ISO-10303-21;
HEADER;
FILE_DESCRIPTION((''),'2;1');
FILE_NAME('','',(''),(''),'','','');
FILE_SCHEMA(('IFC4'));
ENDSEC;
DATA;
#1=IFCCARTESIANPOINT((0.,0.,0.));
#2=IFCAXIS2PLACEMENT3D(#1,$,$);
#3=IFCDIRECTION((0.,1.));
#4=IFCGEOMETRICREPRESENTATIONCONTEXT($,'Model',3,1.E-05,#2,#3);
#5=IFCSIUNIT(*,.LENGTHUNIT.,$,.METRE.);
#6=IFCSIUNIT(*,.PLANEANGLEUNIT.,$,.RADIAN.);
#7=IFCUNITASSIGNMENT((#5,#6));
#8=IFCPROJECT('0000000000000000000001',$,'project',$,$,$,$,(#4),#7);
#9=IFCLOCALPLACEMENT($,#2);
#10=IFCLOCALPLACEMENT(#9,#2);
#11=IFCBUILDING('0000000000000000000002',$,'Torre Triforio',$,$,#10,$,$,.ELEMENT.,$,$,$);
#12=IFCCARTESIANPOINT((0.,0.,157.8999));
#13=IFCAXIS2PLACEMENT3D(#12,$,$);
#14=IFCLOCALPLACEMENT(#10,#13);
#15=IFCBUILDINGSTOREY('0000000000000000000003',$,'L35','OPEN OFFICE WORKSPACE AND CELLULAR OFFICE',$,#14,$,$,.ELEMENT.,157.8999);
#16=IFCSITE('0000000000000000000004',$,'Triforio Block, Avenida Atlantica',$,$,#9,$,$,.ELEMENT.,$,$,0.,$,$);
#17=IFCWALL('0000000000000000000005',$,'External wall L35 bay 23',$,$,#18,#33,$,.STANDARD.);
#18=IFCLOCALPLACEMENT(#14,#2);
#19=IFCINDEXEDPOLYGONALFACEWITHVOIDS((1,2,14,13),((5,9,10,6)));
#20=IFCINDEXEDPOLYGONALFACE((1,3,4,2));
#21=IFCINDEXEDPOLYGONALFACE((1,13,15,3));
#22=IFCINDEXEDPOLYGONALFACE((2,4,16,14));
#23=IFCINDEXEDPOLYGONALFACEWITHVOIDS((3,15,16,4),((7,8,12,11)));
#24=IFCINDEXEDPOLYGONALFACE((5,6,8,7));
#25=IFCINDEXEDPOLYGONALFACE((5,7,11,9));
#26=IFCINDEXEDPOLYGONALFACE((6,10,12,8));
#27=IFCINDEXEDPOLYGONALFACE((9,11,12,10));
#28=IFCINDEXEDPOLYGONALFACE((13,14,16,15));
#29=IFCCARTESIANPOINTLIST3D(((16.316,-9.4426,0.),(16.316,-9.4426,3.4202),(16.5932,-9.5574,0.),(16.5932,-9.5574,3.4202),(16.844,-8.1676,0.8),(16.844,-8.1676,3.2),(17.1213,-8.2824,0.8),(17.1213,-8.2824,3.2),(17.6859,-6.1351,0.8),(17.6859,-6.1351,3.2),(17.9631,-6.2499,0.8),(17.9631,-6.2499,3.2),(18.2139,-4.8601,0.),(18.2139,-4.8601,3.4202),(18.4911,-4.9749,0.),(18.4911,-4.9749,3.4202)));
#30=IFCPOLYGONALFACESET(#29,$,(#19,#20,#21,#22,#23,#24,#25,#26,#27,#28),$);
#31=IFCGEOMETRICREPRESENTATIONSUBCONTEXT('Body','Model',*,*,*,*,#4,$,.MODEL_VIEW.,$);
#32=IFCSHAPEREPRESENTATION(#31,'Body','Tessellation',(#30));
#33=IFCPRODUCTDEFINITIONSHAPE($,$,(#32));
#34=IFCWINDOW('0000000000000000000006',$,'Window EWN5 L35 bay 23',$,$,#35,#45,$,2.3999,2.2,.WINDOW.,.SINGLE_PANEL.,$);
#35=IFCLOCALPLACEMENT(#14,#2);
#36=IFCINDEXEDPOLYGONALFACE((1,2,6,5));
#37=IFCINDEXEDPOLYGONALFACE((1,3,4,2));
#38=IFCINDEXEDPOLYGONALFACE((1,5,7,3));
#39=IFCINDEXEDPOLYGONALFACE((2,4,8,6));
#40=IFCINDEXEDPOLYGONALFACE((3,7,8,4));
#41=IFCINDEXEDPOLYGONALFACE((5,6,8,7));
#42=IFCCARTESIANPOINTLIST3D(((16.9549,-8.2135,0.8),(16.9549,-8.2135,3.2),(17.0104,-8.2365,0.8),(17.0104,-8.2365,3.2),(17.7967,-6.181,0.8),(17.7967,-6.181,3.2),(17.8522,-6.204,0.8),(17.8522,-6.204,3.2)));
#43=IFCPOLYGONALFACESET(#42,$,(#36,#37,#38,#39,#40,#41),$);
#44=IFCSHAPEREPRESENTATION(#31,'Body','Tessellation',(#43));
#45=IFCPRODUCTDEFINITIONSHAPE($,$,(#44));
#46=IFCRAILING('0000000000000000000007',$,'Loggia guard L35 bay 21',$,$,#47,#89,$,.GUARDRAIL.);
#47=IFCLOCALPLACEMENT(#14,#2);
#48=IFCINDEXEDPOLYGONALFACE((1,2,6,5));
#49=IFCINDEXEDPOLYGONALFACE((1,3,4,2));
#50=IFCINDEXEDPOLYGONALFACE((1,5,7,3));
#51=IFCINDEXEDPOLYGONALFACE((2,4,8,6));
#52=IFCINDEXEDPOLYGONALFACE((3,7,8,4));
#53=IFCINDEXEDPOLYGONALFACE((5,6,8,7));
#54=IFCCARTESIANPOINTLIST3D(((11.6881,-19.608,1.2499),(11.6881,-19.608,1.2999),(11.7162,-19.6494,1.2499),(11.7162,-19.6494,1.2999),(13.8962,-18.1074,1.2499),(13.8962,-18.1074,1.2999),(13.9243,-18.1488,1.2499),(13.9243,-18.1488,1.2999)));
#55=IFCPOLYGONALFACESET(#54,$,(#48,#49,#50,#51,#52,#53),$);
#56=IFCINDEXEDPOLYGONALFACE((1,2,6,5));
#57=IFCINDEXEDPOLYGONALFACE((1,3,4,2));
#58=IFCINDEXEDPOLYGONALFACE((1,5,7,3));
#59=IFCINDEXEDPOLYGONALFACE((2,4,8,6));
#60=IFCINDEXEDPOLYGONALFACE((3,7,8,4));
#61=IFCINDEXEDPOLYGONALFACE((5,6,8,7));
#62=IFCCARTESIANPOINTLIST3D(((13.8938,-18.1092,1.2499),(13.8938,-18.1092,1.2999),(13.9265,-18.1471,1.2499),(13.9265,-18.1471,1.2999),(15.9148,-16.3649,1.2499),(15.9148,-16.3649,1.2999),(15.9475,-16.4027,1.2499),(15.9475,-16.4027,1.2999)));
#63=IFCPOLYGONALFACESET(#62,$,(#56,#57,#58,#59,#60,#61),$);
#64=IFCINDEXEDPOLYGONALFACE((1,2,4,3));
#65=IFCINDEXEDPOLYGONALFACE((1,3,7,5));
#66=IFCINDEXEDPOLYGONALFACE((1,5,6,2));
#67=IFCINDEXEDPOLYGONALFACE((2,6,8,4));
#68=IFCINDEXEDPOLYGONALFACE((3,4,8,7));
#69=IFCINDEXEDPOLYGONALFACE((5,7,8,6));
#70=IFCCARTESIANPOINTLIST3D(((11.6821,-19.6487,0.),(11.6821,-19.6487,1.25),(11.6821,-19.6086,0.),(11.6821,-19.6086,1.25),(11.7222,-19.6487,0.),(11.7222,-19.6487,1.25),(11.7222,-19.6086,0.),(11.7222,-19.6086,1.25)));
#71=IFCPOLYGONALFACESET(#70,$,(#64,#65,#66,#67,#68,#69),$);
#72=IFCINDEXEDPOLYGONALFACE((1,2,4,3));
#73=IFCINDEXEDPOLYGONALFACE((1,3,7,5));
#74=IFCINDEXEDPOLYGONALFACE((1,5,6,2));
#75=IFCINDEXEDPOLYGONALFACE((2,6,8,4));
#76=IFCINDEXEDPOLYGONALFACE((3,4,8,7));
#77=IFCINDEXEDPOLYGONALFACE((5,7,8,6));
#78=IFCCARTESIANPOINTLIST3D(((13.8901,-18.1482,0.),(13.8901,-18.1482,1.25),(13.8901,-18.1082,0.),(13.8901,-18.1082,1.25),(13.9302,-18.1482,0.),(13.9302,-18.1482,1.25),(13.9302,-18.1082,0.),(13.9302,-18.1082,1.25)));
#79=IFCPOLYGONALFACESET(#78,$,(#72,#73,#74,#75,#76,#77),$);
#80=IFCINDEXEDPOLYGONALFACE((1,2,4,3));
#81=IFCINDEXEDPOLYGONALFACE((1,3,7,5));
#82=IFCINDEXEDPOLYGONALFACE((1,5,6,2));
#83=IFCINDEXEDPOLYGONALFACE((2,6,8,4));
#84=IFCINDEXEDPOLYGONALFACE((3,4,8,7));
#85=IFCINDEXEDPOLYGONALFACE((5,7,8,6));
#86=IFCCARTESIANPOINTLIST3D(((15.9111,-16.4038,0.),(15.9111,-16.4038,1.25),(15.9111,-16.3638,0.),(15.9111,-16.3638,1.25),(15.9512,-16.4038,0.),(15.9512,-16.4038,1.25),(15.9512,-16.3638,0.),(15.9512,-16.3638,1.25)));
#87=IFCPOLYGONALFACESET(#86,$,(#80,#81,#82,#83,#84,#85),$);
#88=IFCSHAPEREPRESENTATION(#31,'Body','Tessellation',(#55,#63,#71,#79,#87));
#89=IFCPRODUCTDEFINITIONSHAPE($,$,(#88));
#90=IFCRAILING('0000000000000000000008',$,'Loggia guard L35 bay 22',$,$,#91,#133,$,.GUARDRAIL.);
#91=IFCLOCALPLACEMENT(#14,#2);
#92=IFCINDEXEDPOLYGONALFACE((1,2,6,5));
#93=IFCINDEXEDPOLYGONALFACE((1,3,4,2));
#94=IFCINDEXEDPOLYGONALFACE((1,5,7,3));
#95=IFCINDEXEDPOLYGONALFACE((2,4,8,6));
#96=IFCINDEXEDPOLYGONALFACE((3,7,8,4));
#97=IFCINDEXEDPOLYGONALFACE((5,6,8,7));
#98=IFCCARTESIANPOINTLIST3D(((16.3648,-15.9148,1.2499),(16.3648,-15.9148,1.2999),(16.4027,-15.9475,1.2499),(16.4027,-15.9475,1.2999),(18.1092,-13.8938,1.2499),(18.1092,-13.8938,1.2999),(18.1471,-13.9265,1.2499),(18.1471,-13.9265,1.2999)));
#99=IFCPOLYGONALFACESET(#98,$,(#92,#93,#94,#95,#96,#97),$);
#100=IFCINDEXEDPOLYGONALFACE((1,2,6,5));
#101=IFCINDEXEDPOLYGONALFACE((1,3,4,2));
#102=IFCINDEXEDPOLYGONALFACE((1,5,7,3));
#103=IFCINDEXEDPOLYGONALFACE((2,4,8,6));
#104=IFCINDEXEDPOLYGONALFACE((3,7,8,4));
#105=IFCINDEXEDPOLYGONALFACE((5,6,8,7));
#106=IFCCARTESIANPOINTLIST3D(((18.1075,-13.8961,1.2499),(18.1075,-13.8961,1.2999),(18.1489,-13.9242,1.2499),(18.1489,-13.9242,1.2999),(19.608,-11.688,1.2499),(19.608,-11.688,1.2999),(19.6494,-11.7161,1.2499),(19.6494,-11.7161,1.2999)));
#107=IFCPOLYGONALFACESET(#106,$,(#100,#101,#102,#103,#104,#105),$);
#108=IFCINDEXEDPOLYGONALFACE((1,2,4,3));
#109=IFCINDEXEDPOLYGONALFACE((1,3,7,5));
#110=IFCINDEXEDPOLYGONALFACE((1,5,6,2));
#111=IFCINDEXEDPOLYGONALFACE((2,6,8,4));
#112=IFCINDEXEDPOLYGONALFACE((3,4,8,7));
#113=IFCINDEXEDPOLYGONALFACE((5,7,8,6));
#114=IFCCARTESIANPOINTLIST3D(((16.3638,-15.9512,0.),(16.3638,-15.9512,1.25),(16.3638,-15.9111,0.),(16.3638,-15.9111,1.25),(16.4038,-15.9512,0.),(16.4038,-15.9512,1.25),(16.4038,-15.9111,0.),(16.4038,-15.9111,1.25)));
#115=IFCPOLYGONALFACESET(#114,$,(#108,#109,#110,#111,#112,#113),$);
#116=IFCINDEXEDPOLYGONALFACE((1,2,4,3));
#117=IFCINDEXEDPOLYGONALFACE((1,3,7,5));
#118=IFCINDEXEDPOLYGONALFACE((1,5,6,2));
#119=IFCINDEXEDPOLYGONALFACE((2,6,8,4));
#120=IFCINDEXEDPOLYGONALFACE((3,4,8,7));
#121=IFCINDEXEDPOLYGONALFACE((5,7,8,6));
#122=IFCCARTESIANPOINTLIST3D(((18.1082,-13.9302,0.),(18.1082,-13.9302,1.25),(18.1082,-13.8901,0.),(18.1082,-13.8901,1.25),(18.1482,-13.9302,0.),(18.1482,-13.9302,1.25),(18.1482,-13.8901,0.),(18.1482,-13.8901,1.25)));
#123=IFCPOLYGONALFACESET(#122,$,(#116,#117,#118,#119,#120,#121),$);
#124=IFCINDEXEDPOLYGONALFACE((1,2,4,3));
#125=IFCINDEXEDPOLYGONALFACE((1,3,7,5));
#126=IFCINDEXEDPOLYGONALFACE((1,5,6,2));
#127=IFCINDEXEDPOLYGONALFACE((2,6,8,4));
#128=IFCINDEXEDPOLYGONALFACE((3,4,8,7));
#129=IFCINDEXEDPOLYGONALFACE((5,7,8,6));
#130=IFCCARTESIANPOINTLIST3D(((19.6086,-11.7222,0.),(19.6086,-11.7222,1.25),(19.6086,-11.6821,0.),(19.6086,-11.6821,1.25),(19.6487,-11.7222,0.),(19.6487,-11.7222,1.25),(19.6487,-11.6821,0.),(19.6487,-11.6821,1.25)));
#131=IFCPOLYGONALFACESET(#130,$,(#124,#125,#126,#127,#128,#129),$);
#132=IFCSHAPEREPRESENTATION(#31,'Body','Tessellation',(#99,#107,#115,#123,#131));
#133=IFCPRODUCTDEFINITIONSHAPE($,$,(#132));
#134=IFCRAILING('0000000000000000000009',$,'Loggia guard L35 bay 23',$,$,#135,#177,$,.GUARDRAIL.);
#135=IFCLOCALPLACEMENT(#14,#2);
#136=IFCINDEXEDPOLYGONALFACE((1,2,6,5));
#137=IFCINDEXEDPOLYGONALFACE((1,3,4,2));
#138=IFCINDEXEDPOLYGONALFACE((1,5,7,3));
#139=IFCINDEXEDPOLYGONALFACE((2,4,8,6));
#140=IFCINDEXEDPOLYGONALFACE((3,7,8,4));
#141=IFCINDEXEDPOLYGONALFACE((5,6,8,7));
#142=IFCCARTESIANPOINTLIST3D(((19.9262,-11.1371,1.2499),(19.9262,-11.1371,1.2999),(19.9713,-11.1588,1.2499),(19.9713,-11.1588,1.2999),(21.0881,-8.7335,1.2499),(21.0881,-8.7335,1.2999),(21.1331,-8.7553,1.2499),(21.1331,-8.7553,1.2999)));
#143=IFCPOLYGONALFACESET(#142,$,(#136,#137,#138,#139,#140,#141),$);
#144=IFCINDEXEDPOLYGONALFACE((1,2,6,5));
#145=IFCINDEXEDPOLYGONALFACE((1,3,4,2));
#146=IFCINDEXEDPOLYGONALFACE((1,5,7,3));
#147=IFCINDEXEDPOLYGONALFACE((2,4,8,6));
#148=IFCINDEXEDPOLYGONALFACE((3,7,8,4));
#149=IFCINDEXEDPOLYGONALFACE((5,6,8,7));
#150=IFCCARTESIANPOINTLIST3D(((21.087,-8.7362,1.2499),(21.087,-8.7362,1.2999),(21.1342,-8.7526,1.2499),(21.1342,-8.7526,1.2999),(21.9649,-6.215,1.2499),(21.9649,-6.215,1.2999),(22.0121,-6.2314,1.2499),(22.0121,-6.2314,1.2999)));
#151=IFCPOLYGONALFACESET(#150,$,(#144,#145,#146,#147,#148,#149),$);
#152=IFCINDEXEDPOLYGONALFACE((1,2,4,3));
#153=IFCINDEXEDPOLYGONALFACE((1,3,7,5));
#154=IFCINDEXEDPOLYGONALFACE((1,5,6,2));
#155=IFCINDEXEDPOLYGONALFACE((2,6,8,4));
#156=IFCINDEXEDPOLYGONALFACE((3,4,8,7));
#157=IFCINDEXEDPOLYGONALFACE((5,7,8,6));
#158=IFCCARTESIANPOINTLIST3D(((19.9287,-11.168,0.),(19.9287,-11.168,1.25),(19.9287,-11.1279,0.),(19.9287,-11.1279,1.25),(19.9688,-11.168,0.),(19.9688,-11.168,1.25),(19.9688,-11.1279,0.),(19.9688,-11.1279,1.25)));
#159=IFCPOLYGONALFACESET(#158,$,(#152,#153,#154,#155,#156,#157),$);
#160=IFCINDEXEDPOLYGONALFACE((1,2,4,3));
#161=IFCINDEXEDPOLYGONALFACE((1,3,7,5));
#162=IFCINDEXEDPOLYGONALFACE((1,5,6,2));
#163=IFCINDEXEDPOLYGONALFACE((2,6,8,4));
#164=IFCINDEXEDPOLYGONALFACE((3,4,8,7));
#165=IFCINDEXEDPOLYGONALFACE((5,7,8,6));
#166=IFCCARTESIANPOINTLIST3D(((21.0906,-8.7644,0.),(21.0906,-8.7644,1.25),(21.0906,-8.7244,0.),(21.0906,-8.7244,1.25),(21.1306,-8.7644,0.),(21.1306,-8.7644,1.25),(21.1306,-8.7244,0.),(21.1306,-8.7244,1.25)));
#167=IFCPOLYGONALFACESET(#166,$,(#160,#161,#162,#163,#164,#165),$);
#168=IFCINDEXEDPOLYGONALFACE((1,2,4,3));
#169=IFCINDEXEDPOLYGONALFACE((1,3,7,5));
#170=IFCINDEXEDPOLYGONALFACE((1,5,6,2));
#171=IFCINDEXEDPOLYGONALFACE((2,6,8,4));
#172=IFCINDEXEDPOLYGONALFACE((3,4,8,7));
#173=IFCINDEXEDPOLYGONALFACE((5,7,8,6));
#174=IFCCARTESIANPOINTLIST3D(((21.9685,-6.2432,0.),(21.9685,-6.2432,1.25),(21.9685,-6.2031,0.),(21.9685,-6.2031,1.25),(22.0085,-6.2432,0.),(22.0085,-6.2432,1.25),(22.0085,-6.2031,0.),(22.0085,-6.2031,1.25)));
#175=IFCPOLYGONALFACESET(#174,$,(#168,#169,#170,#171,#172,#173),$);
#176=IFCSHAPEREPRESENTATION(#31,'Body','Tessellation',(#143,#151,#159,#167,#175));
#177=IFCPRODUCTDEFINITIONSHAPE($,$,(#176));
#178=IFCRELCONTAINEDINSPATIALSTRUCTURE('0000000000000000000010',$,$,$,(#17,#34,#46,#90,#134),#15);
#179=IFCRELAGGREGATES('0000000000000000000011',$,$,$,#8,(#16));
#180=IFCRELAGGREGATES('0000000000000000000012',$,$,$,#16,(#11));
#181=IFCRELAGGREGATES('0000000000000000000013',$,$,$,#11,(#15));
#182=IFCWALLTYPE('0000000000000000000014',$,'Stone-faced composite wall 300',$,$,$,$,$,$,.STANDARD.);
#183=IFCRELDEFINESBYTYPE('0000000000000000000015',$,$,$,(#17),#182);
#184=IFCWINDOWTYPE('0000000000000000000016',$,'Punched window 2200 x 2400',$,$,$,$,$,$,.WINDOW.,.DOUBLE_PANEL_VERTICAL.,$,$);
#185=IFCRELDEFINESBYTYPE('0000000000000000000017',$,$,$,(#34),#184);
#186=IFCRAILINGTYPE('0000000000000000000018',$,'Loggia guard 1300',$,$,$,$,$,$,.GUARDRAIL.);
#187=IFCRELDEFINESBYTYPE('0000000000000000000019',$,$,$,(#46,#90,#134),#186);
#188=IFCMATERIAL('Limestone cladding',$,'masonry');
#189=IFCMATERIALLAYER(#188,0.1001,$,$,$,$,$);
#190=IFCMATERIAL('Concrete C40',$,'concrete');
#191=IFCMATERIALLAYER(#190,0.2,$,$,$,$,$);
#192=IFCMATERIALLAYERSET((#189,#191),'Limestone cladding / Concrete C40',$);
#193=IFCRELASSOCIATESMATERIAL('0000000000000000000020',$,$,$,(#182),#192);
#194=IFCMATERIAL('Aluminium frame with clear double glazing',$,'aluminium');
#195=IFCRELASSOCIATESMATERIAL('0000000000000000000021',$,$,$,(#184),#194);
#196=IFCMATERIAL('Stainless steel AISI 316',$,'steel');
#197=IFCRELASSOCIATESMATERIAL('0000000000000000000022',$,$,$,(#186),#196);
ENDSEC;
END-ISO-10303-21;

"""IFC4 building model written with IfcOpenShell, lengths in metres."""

from ifc_helpers import new_model, si_unit, direction, frame, frame_2d, origin, origin_2d, place, context, subcontext, project, spatial, rectangle, extrude, material, layer, layer_set, type_object, element, fill, save


model = new_model("IFC4")

# Units and contexts
model_context = context("Model", 3, precision=1e-05, world=origin(), true_north=direction((0.0, 1.0)))
body_context = subcontext(model_context, "Body", "Model", "MODEL_VIEW")
ifc_project = project(units=[si_unit("LENGTHUNIT", "METRE"), si_unit("PLANEANGLEUNIT", "RADIAN")], contexts=[model_context])

# Site, building, storey
site_placement = place(None, origin())
site = spatial("IfcSite", under=ifc_project, at=site_placement, Name="Triforio Block, Avenida Atlantica", CompositionType="ELEMENT", RefElevation=0.0)
building_placement = place(site_placement, origin())
building = spatial("IfcBuilding", under=site, at=building_placement, Name="Torre Triforio", CompositionType="ELEMENT")
storey_placement = place(building_placement, frame((0.0, 0.0, 157.8999)))
storey = spatial("IfcBuildingStorey", under=building, at=storey_placement, Name="L35", Description="OPEN OFFICE WORKSPACE AND CELLULAR OFFICE", CompositionType="ELEMENT", Elevation=157.8999)

# Shared definitions
ifc_material_1 = material(Name="Concrete C40", Category="concrete")

# Shared definitions
ifc_material_2 = material(Name="Limestone cladding", Category="masonry")

# Shared definitions
ifc_layer_1 = layer(ifc_material_2, 0.1001)
ifc_layer_2 = layer(ifc_material_1, 0.2)
ifc_layer_set_1 = layer_set([ifc_layer_1, ifc_layer_2], Name="Limestone cladding / Concrete C40")
wall_type_1 = type_object("IfcWallType", Name="Stone-faced composite wall 300", PredefinedType="STANDARD", material=ifc_layer_set_1)
ifc_material_3 = material(Name="Aluminium frame with clear double glazing", Category="aluminium")
window_type_1 = type_object("IfcWindowType", Name="Punched window 2200 x 2400", PartitioningType="DOUBLE_PANEL_VERTICAL", PredefinedType="WINDOW", material=ifc_material_3)

# Wall, opening, window
wall_1_placement = place(storey_placement, frame((16.4546, -9.5, 0.0), z_axis=(0.0, 0.0, 1.0), x_axis=(0.38265, 0.923893, 0.0)))
wall_1 = element("IfcWall", 1, at=wall_1_placement, inside=storey, type_object=wall_type_1, Name="External wall L35 bay 23", PredefinedType="STANDARD", context=body_context, shape_type="SweptSolid", body=[
    extrude(rectangle(XDim=4.96, YDim=0.3, at=frame_2d((2.48, 0.0))), origin(), (0.0, 0.0, 1.0), 3.4202),
])
opening_1_placement = place(wall_1_placement, frame((1.3799, 0.0, 0.8)))
opening_1 = element("IfcOpeningElement", 2, at=opening_1_placement, cuts=wall_1, PredefinedType="OPENING", context=body_context, shape_type="SweptSolid", body=[
    extrude(rectangle(XDim=2.2, YDim=2.3999, at=frame_2d((1.1001, 1.2))), frame((0.0, 0.1599, 0.0), z_axis=(0.0, -1.0, 0.0), x_axis=(1.0, 0.0, 0.0)), (0.0, 0.0, 1.0), 0.3201),
])
window_1_placement = place(opening_1_placement, origin())
window_1 = element("IfcWindow", 3, at=window_1_placement, inside=storey, type_object=window_type_1, Name="Window EWN5 L35 bay 23", OverallHeight=2.3999, OverallWidth=2.2, PartitioningType="SINGLE_PANEL", PredefinedType="WINDOW", context=body_context, shape_type="SweptSolid", body=[
    extrude(rectangle(XDim=2.2, YDim=2.3999, at=frame_2d((1.1001, 1.2))), frame((0.0, 0.03, 0.0), z_axis=(0.0, -1.0, 0.0), x_axis=(1.0, 0.0, 0.0)), (0.0, 0.0, 1.0), 0.0601),
])
fill(opening_1, window_1)

# Railings
ifc_material_4 = material(Name="Stainless steel AISI 316", Category="steel")
railing_type = type_object("IfcRailingType", Name="Loggia guard 1300", PredefinedType="GUARDRAIL", material=ifc_material_4)
railing_1_placement = place(storey_placement, frame((11.7021, -19.6287, 0.0)))
element("IfcRailing", 4, at=railing_1_placement, inside=storey, type_object=railing_type, Name="Loggia guard L35 bay 21", PredefinedType="GUARDRAIL", context=body_context, shape_type="SweptSolid", body=[
    extrude(rectangle(XDim=0.05, YDim=0.05, at=origin_2d()), frame((0.0, 0.0, 1.2749), z_axis=(0.827093, 0.562065, 0.0), x_axis=(-0.562065, 0.827093, 0.0)), (0.0, 0.0, 1.0), 2.6697),
    extrude(rectangle(XDim=0.05, YDim=0.05, at=origin_2d()), frame((2.208, 1.5005, 1.2749), z_axis=(0.757012, 0.653401, 0.0), x_axis=(-0.653401, 0.757012, 0.0)), (0.0, 0.0, 1.0), 2.6697),
    extrude(rectangle(XDim=0.04, YDim=0.04, at=origin_2d()), origin(), (0.0, 0.0, 1.0), 1.25),
    extrude(rectangle(XDim=0.04, YDim=0.04, at=origin_2d()), frame((2.208, 1.5005, 0.0)), (0.0, 0.0, 1.0), 1.25),
    extrude(rectangle(XDim=0.04, YDim=0.04, at=origin_2d()), frame((4.229, 3.2449, 0.0)), (0.0, 0.0, 1.0), 1.25),
])
railing_2_placement = place(storey_placement, frame((16.3838, -15.9312, 0.0)))
element("IfcRailing", 5, at=railing_2_placement, inside=storey, type_object=railing_type, Name="Loggia guard L35 bay 22", PredefinedType="GUARDRAIL", context=body_context, shape_type="SweptSolid", body=[
    extrude(rectangle(XDim=0.05, YDim=0.05, at=origin_2d()), frame((0.0, 0.0, 1.2749), z_axis=(0.653401, 0.757012, 0.0), x_axis=(-0.757012, 0.653401, 0.0)), (0.0, 0.0, 1.0), 2.6697),
    extrude(rectangle(XDim=0.05, YDim=0.05, at=origin_2d()), frame((1.7444, 2.021, 1.2749), z_axis=(0.562065, 0.827093, 0.0), x_axis=(-0.827093, 0.562065, 0.0)), (0.0, 0.0, 1.0), 2.6697),
    extrude(rectangle(XDim=0.04, YDim=0.04, at=origin_2d()), origin(), (0.0, 0.0, 1.0), 1.25),
    extrude(rectangle(XDim=0.04, YDim=0.04, at=origin_2d()), frame((1.7444, 2.021, 0.0)), (0.0, 0.0, 1.0), 1.25),
    extrude(rectangle(XDim=0.04, YDim=0.04, at=origin_2d()), frame((3.2449, 4.229, 0.0)), (0.0, 0.0, 1.0), 1.25),
])
railing_3_placement = place(storey_placement, frame((19.9487, -11.1479, 0.0)))
element("IfcRailing", 6, at=railing_3_placement, inside=storey, type_object=railing_type, Name="Loggia guard L35 bay 23", PredefinedType="GUARDRAIL", context=body_context, shape_type="SweptSolid", body=[
    extrude(rectangle(XDim=0.05, YDim=0.05, at=origin_2d()), frame((0.0, 0.0, 1.2749), z_axis=(0.435212, 0.900328, 0.0), x_axis=(-0.900328, 0.435212, 0.0)), (0.0, 0.0, 1.0), 2.6697),
    extrude(rectangle(XDim=0.05, YDim=0.05, at=origin_2d()), frame((1.1619, 2.4036, 1.2749), z_axis=(0.328847, 0.944383, 0.0), x_axis=(-0.944383, 0.328847, 0.0)), (0.0, 0.0, 1.0), 2.6697),
    extrude(rectangle(XDim=0.04, YDim=0.04, at=origin_2d()), origin(), (0.0, 0.0, 1.0), 1.25),
    extrude(rectangle(XDim=0.04, YDim=0.04, at=origin_2d()), frame((1.1619, 2.4036, 0.0)), (0.0, 0.0, 1.0), 1.25),
    extrude(rectangle(XDim=0.04, YDim=0.04, at=origin_2d()), frame((2.0398, 4.9248, 0.0)), (0.0, 0.0, 1.0), 1.25),
])

save(model, "model.ifc")
